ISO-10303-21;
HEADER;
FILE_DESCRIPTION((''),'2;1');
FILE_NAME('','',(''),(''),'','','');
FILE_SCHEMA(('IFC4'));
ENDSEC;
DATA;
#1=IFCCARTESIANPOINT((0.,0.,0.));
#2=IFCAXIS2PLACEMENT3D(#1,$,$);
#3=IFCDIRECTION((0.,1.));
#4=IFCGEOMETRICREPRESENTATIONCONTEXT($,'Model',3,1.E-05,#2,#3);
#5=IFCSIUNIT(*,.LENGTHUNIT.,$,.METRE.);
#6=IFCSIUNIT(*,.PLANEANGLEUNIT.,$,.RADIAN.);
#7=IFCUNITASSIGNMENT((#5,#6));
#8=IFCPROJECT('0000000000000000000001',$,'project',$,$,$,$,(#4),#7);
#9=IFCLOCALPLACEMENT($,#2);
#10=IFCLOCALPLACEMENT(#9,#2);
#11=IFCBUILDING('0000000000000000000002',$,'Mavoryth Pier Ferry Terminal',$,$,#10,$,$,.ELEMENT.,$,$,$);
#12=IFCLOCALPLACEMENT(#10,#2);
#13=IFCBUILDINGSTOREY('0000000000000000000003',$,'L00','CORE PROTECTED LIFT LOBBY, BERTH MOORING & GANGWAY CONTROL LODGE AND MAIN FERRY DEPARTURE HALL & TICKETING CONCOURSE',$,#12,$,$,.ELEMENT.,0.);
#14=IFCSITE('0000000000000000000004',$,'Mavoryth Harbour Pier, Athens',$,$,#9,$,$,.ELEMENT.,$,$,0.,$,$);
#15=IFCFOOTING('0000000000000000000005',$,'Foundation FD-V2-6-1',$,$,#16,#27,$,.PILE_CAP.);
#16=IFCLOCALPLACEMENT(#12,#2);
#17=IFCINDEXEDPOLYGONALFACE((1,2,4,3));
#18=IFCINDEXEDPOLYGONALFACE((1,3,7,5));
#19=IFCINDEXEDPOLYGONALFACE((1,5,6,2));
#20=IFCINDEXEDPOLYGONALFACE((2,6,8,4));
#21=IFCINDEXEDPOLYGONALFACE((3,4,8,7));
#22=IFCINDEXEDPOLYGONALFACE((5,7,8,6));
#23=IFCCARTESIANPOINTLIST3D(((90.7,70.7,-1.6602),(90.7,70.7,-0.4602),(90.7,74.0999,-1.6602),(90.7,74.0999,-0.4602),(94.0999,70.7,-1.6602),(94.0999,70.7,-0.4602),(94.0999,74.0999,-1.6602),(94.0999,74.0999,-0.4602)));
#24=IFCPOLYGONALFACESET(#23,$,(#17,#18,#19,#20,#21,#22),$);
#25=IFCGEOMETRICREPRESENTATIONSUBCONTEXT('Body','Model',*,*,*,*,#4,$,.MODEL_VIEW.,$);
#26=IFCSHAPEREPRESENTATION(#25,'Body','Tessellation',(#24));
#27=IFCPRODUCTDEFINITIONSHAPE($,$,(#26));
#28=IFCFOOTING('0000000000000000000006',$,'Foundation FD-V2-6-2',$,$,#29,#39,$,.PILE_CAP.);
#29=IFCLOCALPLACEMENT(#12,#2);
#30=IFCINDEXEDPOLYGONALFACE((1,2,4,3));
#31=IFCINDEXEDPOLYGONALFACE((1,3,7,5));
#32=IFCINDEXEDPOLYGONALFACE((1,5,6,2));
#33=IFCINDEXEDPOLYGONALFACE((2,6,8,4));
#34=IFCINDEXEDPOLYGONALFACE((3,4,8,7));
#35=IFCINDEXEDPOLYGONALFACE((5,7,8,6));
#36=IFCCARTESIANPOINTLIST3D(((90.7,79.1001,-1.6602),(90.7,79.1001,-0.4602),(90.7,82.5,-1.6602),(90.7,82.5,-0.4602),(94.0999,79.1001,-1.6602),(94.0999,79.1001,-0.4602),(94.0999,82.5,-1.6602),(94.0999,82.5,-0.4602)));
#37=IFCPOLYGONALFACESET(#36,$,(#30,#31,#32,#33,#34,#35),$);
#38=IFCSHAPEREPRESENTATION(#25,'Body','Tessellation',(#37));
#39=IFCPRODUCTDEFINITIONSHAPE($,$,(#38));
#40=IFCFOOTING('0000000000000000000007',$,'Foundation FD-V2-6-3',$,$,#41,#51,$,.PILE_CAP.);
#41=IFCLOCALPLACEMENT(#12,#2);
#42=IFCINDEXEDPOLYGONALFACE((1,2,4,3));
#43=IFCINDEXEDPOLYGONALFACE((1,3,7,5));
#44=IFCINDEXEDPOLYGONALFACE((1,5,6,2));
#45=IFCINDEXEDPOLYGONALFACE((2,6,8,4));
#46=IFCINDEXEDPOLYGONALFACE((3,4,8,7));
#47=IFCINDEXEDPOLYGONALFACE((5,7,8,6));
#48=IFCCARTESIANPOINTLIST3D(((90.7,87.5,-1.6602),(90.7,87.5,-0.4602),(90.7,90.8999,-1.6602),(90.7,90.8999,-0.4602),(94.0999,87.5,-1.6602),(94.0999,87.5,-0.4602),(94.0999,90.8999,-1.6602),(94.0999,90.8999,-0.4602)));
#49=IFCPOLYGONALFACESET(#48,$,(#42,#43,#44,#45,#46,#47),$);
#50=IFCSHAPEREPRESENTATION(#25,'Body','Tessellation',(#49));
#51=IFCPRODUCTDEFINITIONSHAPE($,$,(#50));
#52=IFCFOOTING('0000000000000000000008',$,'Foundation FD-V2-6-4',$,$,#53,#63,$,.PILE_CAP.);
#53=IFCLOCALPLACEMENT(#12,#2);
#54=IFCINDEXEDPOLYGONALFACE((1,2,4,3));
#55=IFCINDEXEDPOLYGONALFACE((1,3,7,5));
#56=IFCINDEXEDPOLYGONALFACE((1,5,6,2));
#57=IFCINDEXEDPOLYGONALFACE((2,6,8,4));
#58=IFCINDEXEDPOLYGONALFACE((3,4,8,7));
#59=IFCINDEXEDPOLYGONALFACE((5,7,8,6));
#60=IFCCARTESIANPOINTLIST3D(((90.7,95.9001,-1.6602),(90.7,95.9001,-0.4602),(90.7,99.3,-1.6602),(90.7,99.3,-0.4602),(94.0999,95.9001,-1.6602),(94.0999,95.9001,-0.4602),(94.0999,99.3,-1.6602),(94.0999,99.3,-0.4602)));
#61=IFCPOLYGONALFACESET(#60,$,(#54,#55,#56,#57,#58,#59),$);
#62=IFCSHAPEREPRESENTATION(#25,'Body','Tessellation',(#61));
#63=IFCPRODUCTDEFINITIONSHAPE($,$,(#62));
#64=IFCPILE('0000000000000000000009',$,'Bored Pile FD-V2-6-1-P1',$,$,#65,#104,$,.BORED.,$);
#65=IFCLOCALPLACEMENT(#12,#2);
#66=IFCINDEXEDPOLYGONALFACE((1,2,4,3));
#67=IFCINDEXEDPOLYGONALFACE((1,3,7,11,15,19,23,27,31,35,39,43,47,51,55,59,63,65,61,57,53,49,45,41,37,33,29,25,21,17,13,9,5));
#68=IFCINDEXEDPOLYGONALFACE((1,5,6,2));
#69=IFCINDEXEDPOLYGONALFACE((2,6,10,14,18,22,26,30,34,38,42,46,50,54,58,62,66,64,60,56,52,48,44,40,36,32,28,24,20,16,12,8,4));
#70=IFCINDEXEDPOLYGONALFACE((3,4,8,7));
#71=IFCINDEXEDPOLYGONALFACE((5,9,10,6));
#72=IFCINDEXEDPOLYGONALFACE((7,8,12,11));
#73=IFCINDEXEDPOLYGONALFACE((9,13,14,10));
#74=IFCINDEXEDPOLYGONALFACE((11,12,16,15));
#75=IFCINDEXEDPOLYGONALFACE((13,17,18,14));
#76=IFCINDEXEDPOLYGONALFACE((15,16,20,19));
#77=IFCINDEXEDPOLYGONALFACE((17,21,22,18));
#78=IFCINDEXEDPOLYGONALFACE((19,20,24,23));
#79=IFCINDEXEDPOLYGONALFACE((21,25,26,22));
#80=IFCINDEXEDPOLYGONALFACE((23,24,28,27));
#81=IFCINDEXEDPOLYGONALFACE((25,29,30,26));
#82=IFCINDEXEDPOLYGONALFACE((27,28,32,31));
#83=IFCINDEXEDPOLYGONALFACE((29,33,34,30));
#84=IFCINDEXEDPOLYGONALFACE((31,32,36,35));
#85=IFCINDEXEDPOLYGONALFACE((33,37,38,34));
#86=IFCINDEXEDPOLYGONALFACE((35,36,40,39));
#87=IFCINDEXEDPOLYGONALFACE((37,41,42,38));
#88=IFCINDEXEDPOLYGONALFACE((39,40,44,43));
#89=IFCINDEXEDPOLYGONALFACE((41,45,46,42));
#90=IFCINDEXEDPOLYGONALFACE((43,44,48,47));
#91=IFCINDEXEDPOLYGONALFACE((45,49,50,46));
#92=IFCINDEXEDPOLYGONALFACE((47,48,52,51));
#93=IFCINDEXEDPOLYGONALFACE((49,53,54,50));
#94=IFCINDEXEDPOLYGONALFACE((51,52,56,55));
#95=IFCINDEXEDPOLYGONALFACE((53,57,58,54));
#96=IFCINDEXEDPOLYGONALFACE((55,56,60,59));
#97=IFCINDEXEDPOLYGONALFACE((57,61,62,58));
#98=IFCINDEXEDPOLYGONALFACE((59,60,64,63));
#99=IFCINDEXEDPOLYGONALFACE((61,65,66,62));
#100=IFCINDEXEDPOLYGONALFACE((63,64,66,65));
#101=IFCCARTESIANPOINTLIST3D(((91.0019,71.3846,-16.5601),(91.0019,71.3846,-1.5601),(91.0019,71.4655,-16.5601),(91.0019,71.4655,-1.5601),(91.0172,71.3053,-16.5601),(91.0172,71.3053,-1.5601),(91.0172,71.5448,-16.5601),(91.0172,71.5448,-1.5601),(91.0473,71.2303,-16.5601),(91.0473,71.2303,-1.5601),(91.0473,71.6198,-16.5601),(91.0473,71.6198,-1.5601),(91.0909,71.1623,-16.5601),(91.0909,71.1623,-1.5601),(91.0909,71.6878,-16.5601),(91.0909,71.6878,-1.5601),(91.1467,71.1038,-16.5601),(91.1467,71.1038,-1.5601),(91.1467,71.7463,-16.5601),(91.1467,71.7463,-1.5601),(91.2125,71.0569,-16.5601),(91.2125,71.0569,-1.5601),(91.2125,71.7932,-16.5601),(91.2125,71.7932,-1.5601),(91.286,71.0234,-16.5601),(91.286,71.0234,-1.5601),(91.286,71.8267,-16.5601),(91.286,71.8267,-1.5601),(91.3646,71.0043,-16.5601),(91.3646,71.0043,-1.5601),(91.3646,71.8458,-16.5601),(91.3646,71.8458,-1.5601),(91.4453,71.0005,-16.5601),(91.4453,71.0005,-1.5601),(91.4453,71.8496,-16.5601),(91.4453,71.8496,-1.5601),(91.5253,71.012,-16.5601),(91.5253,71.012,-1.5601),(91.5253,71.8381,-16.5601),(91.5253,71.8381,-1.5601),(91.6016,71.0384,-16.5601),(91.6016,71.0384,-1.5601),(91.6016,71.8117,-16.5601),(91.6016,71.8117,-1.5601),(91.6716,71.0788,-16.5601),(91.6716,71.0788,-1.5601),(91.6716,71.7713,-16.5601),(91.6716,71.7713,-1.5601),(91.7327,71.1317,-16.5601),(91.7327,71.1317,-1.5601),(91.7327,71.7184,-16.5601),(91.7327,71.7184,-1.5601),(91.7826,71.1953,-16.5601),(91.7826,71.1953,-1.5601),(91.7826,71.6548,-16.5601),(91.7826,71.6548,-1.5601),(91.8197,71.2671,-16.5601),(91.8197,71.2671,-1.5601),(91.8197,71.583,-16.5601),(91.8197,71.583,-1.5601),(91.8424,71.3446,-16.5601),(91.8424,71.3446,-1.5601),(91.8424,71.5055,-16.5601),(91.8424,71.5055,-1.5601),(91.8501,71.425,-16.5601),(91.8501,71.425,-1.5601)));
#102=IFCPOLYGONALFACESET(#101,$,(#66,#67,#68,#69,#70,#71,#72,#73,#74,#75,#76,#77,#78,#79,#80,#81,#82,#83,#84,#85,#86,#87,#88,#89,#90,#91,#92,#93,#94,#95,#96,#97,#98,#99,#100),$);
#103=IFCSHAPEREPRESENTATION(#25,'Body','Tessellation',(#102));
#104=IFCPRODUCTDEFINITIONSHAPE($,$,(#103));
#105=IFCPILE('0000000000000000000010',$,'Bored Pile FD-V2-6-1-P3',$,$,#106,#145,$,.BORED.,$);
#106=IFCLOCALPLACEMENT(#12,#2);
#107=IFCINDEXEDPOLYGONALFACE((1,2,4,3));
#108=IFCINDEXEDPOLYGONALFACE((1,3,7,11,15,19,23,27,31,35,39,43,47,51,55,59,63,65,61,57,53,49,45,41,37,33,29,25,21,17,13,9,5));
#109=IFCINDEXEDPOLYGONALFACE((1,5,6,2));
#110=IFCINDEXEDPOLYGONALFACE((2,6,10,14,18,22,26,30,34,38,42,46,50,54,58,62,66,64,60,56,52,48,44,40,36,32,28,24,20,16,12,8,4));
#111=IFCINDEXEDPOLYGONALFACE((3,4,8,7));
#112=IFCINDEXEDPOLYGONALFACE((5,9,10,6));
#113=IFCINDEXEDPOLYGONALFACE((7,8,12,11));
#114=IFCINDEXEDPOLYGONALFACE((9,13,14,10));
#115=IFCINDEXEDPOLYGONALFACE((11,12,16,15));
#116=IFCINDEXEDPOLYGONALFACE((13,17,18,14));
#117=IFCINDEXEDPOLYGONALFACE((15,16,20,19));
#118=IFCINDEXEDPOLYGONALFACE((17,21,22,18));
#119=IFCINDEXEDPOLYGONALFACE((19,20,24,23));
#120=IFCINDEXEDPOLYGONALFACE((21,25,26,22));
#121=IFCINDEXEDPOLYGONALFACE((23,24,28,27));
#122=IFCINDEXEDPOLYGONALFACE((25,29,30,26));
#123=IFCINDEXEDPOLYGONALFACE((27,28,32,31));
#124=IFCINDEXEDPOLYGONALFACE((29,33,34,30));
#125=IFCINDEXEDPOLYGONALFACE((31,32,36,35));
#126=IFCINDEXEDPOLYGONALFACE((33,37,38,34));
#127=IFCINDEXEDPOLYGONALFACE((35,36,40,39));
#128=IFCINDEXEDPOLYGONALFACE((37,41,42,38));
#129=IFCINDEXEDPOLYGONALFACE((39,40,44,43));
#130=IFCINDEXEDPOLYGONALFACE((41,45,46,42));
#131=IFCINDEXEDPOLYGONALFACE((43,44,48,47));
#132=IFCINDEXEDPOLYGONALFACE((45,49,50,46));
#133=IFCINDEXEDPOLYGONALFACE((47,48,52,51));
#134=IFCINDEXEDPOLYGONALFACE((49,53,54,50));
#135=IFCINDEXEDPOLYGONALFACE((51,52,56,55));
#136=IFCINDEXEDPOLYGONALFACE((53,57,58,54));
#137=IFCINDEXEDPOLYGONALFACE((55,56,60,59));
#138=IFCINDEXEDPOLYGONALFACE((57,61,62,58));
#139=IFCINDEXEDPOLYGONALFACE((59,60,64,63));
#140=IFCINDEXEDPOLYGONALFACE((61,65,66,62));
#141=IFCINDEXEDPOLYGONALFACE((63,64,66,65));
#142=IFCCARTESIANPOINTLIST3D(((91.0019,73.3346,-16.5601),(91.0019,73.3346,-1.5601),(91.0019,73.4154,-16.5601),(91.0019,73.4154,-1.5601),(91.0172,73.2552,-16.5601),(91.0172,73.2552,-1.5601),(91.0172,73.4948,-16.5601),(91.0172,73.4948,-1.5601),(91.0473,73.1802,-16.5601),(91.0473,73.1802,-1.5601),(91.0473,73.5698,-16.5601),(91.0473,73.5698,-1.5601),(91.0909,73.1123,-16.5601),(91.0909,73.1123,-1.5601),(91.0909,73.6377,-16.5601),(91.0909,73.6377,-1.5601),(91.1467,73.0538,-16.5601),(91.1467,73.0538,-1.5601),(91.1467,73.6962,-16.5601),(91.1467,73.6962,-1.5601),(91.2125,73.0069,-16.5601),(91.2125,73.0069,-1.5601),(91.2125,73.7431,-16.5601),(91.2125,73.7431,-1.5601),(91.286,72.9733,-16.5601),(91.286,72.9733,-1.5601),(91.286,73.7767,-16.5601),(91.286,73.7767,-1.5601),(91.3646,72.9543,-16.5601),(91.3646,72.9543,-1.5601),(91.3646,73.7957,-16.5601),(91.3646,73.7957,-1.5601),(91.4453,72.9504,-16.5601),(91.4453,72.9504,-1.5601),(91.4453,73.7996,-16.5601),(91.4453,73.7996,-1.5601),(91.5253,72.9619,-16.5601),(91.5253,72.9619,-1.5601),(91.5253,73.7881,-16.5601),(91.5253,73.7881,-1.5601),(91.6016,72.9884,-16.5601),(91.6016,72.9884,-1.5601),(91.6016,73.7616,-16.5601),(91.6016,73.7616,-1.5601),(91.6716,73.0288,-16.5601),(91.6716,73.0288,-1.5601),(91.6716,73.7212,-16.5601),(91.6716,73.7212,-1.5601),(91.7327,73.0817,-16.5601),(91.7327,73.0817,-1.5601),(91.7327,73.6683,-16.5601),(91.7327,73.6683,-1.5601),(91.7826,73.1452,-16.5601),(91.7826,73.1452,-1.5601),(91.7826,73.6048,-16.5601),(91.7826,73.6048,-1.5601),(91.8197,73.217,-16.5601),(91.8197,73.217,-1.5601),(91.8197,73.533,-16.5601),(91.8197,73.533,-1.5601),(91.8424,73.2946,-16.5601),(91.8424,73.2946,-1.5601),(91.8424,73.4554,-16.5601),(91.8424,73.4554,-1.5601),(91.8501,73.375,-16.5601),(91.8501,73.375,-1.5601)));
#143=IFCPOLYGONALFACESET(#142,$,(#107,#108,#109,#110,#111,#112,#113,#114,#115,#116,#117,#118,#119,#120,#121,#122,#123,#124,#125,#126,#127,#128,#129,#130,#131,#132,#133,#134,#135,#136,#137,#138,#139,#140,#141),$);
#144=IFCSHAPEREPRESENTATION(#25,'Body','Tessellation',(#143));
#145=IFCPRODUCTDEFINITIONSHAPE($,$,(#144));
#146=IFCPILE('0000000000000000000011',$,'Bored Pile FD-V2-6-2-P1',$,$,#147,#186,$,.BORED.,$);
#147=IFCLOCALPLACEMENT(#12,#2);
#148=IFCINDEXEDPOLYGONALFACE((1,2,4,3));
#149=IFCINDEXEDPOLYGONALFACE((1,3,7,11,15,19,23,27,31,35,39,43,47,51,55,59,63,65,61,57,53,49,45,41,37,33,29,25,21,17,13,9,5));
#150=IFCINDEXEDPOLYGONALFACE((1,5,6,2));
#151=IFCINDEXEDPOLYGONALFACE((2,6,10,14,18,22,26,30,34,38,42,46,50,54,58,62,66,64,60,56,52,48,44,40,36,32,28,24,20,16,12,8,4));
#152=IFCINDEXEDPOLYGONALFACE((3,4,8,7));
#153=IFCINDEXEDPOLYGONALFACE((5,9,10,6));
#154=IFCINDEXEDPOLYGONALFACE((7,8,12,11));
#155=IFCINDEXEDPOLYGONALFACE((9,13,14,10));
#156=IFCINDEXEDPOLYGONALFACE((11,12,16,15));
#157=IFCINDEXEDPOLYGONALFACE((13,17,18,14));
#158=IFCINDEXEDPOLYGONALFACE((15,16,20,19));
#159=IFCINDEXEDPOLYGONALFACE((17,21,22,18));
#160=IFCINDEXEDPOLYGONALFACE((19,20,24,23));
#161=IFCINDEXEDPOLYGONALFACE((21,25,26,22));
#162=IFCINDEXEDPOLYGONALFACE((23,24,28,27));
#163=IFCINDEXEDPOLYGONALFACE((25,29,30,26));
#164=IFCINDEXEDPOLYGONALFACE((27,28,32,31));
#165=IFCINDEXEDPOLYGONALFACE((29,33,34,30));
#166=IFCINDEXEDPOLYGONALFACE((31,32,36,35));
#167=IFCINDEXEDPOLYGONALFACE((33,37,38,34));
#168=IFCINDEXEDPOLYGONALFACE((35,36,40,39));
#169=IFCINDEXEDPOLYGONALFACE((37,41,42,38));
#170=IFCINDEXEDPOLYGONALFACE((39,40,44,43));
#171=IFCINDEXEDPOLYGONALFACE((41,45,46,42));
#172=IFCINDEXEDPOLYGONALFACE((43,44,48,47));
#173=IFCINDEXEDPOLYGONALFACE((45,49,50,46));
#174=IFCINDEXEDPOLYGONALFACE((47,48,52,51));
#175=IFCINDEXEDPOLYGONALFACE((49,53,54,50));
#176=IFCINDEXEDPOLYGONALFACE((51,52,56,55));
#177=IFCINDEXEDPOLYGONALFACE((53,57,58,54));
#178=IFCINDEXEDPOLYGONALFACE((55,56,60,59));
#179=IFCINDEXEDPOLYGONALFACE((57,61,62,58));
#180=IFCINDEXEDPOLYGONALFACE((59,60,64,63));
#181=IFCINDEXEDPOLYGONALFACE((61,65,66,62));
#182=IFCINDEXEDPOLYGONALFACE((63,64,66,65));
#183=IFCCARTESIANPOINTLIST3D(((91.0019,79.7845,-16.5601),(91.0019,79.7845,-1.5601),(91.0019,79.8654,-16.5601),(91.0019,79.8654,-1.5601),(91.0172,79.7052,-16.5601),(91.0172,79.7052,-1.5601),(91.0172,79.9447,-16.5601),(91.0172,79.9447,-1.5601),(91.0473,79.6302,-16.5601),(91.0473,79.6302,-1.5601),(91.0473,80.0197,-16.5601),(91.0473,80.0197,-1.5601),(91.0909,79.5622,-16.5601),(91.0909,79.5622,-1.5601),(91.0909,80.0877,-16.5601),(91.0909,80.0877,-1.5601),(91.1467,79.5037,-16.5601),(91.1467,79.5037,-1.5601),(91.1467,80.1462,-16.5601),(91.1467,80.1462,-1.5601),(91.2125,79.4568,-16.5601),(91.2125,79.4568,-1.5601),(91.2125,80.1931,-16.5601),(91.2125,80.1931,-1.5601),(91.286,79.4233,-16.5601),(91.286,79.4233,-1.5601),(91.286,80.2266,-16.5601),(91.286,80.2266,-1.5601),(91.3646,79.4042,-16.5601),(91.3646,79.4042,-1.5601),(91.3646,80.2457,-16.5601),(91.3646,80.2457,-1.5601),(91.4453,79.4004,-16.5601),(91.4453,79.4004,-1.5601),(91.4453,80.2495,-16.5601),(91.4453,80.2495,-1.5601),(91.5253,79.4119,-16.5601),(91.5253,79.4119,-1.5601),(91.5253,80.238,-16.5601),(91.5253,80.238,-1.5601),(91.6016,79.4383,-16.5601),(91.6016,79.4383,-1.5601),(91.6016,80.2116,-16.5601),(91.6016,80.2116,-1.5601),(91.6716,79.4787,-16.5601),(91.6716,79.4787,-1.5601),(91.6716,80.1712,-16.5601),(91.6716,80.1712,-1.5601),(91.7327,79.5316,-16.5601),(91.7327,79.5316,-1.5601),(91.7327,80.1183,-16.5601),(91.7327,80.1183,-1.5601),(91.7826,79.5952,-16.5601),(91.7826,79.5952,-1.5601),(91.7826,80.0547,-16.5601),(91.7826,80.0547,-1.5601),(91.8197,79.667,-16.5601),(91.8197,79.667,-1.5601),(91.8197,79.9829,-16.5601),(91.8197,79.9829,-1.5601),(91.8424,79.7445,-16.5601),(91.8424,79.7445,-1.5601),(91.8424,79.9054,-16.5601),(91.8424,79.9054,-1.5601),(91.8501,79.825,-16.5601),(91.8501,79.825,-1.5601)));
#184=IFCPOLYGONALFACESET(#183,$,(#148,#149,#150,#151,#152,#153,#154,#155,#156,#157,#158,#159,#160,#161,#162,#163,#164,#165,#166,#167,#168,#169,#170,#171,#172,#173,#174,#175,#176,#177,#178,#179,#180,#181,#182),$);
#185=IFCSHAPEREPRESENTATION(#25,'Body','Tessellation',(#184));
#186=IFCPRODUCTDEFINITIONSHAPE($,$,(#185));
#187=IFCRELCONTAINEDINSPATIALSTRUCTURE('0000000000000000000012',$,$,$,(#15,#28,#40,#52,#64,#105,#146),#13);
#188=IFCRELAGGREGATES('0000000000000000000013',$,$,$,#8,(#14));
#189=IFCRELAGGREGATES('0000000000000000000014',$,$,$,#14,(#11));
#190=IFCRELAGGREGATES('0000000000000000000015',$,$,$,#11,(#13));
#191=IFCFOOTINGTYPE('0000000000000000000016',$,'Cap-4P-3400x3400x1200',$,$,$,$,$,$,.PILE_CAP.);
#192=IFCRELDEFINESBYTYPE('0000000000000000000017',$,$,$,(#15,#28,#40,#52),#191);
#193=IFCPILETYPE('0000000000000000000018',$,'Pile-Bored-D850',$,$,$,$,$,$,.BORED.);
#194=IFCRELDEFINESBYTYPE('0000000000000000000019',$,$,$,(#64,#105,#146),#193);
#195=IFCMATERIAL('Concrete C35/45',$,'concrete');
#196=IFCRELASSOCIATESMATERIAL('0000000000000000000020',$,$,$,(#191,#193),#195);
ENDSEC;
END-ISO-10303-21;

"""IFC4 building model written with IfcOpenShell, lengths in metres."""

from ifc_helpers import new_model, si_unit, direction, frame, origin, origin_2d, place, context, subcontext, project, spatial, rectangle, circle, extrude, material, material_profile, profile_set, type_object, element, save


model = new_model("IFC4")

# Units and contexts
model_context = context("Model", 3, precision=1e-05, world=origin(), true_north=direction((0.0, 1.0)))
body_context = subcontext(model_context, "Body", "Model", "MODEL_VIEW")
ifc_project = project(units=[si_unit("LENGTHUNIT", "METRE"), si_unit("PLANEANGLEUNIT", "RADIAN")], contexts=[model_context])

# Site, building, storey
site_placement = place(None, origin())
site = spatial("IfcSite", under=ifc_project, at=site_placement, Name="Mavoryth Harbour Pier, Athens", CompositionType="ELEMENT", RefElevation=0.0)
building_placement = place(site_placement, origin())
building = spatial("IfcBuilding", under=site, at=building_placement, Name="Mavoryth Pier Ferry Terminal", CompositionType="ELEMENT")
storey_placement = place(building_placement, origin())
storey = spatial("IfcBuildingStorey", under=building, at=storey_placement, Name="L00", Description="CORE PROTECTED LIFT LOBBY, BERTH MOORING & GANGWAY CONTROL LODGE AND MAIN FERRY DEPARTURE HALL & TICKETING CONCOURSE", CompositionType="ELEMENT", Elevation=0.0)

# Footings
ifc_material_1 = material(Name="Concrete C35/45", Category="concrete")
footing_type_1 = type_object("IfcFootingType", Name="Cap-4P-3400x3400x1200", PredefinedType="PILE_CAP", material=ifc_material_1)
for number, where, z_axis, x_axis, name in (
    (1, (92.3999, 72.3999, -1.6602), (0.0, 0.0, 1.0), (1.0, 0.0, 0.0), "Foundation FD-V2-6-1"),
    (2, (92.3999, 80.8, -1.6602), (0.0, 0.0, 1.0), (1.0, 0.0, 0.0), "Foundation FD-V2-6-2"),
    (3, (92.3999, 89.2, -1.6602), (0.0, 0.0, 1.0), (1.0, 0.0, 0.0), "Foundation FD-V2-6-3"),
    (4, (92.3999, 97.6001, -1.6602), (0.0, 0.0, 1.0), (1.0, 0.0, 0.0), "Foundation FD-V2-6-4"),
):
    element("IfcFooting", number, at=place(storey_placement, frame(where, z_axis=z_axis, x_axis=x_axis)), inside=storey, type_object=footing_type_1, Name=name, PredefinedType="PILE_CAP", context=body_context, shape_type="SweptSolid", body=[
        extrude(rectangle(XDim=3.3999, YDim=3.3999, at=origin_2d()), origin(), (0.0, 0.0, 1.0), 1.2),
    ])

# Piles
ifc_material_profile_1 = material_profile(ifc_material_1, circle(Radius=0.425, at=origin_2d()), Name="PILE D850", Category="concrete")
ifc_profile_set_1 = profile_set([ifc_material_profile_1], Name="Concrete C35/45 - PILE D850")
pile_type = type_object("IfcPileType", Name="Pile-Bored-D850", PredefinedType="BORED", material=ifc_profile_set_1)
for number, where, z_axis, x_axis, name in (
    (5, (91.425, 71.425, -1.5601), (0.0, 0.0, -1.0), (1.0, 0.0, 0.0), "Bored Pile FD-V2-6-1-P1"),
    (6, (91.425, 73.375, -1.5601), (0.0, 0.0, -1.0), (1.0, 0.0, 0.0), "Bored Pile FD-V2-6-1-P3"),
    (7, (91.425, 79.825, -1.5601), (0.0, 0.0, -1.0), (1.0, 0.0, 0.0), "Bored Pile FD-V2-6-2-P1"),
):
    element("IfcPile", number, at=place(storey_placement, frame(where, z_axis=z_axis, x_axis=x_axis)), inside=storey, type_object=pile_type, Name=name, PredefinedType="BORED", context=body_context, shape_type="SweptSolid", body=[
        extrude(circle(Radius=0.425, at=origin_2d()), origin(), (0.0, 0.0, 1.0), 15.0),
    ])

save(model, "model.ifc")
